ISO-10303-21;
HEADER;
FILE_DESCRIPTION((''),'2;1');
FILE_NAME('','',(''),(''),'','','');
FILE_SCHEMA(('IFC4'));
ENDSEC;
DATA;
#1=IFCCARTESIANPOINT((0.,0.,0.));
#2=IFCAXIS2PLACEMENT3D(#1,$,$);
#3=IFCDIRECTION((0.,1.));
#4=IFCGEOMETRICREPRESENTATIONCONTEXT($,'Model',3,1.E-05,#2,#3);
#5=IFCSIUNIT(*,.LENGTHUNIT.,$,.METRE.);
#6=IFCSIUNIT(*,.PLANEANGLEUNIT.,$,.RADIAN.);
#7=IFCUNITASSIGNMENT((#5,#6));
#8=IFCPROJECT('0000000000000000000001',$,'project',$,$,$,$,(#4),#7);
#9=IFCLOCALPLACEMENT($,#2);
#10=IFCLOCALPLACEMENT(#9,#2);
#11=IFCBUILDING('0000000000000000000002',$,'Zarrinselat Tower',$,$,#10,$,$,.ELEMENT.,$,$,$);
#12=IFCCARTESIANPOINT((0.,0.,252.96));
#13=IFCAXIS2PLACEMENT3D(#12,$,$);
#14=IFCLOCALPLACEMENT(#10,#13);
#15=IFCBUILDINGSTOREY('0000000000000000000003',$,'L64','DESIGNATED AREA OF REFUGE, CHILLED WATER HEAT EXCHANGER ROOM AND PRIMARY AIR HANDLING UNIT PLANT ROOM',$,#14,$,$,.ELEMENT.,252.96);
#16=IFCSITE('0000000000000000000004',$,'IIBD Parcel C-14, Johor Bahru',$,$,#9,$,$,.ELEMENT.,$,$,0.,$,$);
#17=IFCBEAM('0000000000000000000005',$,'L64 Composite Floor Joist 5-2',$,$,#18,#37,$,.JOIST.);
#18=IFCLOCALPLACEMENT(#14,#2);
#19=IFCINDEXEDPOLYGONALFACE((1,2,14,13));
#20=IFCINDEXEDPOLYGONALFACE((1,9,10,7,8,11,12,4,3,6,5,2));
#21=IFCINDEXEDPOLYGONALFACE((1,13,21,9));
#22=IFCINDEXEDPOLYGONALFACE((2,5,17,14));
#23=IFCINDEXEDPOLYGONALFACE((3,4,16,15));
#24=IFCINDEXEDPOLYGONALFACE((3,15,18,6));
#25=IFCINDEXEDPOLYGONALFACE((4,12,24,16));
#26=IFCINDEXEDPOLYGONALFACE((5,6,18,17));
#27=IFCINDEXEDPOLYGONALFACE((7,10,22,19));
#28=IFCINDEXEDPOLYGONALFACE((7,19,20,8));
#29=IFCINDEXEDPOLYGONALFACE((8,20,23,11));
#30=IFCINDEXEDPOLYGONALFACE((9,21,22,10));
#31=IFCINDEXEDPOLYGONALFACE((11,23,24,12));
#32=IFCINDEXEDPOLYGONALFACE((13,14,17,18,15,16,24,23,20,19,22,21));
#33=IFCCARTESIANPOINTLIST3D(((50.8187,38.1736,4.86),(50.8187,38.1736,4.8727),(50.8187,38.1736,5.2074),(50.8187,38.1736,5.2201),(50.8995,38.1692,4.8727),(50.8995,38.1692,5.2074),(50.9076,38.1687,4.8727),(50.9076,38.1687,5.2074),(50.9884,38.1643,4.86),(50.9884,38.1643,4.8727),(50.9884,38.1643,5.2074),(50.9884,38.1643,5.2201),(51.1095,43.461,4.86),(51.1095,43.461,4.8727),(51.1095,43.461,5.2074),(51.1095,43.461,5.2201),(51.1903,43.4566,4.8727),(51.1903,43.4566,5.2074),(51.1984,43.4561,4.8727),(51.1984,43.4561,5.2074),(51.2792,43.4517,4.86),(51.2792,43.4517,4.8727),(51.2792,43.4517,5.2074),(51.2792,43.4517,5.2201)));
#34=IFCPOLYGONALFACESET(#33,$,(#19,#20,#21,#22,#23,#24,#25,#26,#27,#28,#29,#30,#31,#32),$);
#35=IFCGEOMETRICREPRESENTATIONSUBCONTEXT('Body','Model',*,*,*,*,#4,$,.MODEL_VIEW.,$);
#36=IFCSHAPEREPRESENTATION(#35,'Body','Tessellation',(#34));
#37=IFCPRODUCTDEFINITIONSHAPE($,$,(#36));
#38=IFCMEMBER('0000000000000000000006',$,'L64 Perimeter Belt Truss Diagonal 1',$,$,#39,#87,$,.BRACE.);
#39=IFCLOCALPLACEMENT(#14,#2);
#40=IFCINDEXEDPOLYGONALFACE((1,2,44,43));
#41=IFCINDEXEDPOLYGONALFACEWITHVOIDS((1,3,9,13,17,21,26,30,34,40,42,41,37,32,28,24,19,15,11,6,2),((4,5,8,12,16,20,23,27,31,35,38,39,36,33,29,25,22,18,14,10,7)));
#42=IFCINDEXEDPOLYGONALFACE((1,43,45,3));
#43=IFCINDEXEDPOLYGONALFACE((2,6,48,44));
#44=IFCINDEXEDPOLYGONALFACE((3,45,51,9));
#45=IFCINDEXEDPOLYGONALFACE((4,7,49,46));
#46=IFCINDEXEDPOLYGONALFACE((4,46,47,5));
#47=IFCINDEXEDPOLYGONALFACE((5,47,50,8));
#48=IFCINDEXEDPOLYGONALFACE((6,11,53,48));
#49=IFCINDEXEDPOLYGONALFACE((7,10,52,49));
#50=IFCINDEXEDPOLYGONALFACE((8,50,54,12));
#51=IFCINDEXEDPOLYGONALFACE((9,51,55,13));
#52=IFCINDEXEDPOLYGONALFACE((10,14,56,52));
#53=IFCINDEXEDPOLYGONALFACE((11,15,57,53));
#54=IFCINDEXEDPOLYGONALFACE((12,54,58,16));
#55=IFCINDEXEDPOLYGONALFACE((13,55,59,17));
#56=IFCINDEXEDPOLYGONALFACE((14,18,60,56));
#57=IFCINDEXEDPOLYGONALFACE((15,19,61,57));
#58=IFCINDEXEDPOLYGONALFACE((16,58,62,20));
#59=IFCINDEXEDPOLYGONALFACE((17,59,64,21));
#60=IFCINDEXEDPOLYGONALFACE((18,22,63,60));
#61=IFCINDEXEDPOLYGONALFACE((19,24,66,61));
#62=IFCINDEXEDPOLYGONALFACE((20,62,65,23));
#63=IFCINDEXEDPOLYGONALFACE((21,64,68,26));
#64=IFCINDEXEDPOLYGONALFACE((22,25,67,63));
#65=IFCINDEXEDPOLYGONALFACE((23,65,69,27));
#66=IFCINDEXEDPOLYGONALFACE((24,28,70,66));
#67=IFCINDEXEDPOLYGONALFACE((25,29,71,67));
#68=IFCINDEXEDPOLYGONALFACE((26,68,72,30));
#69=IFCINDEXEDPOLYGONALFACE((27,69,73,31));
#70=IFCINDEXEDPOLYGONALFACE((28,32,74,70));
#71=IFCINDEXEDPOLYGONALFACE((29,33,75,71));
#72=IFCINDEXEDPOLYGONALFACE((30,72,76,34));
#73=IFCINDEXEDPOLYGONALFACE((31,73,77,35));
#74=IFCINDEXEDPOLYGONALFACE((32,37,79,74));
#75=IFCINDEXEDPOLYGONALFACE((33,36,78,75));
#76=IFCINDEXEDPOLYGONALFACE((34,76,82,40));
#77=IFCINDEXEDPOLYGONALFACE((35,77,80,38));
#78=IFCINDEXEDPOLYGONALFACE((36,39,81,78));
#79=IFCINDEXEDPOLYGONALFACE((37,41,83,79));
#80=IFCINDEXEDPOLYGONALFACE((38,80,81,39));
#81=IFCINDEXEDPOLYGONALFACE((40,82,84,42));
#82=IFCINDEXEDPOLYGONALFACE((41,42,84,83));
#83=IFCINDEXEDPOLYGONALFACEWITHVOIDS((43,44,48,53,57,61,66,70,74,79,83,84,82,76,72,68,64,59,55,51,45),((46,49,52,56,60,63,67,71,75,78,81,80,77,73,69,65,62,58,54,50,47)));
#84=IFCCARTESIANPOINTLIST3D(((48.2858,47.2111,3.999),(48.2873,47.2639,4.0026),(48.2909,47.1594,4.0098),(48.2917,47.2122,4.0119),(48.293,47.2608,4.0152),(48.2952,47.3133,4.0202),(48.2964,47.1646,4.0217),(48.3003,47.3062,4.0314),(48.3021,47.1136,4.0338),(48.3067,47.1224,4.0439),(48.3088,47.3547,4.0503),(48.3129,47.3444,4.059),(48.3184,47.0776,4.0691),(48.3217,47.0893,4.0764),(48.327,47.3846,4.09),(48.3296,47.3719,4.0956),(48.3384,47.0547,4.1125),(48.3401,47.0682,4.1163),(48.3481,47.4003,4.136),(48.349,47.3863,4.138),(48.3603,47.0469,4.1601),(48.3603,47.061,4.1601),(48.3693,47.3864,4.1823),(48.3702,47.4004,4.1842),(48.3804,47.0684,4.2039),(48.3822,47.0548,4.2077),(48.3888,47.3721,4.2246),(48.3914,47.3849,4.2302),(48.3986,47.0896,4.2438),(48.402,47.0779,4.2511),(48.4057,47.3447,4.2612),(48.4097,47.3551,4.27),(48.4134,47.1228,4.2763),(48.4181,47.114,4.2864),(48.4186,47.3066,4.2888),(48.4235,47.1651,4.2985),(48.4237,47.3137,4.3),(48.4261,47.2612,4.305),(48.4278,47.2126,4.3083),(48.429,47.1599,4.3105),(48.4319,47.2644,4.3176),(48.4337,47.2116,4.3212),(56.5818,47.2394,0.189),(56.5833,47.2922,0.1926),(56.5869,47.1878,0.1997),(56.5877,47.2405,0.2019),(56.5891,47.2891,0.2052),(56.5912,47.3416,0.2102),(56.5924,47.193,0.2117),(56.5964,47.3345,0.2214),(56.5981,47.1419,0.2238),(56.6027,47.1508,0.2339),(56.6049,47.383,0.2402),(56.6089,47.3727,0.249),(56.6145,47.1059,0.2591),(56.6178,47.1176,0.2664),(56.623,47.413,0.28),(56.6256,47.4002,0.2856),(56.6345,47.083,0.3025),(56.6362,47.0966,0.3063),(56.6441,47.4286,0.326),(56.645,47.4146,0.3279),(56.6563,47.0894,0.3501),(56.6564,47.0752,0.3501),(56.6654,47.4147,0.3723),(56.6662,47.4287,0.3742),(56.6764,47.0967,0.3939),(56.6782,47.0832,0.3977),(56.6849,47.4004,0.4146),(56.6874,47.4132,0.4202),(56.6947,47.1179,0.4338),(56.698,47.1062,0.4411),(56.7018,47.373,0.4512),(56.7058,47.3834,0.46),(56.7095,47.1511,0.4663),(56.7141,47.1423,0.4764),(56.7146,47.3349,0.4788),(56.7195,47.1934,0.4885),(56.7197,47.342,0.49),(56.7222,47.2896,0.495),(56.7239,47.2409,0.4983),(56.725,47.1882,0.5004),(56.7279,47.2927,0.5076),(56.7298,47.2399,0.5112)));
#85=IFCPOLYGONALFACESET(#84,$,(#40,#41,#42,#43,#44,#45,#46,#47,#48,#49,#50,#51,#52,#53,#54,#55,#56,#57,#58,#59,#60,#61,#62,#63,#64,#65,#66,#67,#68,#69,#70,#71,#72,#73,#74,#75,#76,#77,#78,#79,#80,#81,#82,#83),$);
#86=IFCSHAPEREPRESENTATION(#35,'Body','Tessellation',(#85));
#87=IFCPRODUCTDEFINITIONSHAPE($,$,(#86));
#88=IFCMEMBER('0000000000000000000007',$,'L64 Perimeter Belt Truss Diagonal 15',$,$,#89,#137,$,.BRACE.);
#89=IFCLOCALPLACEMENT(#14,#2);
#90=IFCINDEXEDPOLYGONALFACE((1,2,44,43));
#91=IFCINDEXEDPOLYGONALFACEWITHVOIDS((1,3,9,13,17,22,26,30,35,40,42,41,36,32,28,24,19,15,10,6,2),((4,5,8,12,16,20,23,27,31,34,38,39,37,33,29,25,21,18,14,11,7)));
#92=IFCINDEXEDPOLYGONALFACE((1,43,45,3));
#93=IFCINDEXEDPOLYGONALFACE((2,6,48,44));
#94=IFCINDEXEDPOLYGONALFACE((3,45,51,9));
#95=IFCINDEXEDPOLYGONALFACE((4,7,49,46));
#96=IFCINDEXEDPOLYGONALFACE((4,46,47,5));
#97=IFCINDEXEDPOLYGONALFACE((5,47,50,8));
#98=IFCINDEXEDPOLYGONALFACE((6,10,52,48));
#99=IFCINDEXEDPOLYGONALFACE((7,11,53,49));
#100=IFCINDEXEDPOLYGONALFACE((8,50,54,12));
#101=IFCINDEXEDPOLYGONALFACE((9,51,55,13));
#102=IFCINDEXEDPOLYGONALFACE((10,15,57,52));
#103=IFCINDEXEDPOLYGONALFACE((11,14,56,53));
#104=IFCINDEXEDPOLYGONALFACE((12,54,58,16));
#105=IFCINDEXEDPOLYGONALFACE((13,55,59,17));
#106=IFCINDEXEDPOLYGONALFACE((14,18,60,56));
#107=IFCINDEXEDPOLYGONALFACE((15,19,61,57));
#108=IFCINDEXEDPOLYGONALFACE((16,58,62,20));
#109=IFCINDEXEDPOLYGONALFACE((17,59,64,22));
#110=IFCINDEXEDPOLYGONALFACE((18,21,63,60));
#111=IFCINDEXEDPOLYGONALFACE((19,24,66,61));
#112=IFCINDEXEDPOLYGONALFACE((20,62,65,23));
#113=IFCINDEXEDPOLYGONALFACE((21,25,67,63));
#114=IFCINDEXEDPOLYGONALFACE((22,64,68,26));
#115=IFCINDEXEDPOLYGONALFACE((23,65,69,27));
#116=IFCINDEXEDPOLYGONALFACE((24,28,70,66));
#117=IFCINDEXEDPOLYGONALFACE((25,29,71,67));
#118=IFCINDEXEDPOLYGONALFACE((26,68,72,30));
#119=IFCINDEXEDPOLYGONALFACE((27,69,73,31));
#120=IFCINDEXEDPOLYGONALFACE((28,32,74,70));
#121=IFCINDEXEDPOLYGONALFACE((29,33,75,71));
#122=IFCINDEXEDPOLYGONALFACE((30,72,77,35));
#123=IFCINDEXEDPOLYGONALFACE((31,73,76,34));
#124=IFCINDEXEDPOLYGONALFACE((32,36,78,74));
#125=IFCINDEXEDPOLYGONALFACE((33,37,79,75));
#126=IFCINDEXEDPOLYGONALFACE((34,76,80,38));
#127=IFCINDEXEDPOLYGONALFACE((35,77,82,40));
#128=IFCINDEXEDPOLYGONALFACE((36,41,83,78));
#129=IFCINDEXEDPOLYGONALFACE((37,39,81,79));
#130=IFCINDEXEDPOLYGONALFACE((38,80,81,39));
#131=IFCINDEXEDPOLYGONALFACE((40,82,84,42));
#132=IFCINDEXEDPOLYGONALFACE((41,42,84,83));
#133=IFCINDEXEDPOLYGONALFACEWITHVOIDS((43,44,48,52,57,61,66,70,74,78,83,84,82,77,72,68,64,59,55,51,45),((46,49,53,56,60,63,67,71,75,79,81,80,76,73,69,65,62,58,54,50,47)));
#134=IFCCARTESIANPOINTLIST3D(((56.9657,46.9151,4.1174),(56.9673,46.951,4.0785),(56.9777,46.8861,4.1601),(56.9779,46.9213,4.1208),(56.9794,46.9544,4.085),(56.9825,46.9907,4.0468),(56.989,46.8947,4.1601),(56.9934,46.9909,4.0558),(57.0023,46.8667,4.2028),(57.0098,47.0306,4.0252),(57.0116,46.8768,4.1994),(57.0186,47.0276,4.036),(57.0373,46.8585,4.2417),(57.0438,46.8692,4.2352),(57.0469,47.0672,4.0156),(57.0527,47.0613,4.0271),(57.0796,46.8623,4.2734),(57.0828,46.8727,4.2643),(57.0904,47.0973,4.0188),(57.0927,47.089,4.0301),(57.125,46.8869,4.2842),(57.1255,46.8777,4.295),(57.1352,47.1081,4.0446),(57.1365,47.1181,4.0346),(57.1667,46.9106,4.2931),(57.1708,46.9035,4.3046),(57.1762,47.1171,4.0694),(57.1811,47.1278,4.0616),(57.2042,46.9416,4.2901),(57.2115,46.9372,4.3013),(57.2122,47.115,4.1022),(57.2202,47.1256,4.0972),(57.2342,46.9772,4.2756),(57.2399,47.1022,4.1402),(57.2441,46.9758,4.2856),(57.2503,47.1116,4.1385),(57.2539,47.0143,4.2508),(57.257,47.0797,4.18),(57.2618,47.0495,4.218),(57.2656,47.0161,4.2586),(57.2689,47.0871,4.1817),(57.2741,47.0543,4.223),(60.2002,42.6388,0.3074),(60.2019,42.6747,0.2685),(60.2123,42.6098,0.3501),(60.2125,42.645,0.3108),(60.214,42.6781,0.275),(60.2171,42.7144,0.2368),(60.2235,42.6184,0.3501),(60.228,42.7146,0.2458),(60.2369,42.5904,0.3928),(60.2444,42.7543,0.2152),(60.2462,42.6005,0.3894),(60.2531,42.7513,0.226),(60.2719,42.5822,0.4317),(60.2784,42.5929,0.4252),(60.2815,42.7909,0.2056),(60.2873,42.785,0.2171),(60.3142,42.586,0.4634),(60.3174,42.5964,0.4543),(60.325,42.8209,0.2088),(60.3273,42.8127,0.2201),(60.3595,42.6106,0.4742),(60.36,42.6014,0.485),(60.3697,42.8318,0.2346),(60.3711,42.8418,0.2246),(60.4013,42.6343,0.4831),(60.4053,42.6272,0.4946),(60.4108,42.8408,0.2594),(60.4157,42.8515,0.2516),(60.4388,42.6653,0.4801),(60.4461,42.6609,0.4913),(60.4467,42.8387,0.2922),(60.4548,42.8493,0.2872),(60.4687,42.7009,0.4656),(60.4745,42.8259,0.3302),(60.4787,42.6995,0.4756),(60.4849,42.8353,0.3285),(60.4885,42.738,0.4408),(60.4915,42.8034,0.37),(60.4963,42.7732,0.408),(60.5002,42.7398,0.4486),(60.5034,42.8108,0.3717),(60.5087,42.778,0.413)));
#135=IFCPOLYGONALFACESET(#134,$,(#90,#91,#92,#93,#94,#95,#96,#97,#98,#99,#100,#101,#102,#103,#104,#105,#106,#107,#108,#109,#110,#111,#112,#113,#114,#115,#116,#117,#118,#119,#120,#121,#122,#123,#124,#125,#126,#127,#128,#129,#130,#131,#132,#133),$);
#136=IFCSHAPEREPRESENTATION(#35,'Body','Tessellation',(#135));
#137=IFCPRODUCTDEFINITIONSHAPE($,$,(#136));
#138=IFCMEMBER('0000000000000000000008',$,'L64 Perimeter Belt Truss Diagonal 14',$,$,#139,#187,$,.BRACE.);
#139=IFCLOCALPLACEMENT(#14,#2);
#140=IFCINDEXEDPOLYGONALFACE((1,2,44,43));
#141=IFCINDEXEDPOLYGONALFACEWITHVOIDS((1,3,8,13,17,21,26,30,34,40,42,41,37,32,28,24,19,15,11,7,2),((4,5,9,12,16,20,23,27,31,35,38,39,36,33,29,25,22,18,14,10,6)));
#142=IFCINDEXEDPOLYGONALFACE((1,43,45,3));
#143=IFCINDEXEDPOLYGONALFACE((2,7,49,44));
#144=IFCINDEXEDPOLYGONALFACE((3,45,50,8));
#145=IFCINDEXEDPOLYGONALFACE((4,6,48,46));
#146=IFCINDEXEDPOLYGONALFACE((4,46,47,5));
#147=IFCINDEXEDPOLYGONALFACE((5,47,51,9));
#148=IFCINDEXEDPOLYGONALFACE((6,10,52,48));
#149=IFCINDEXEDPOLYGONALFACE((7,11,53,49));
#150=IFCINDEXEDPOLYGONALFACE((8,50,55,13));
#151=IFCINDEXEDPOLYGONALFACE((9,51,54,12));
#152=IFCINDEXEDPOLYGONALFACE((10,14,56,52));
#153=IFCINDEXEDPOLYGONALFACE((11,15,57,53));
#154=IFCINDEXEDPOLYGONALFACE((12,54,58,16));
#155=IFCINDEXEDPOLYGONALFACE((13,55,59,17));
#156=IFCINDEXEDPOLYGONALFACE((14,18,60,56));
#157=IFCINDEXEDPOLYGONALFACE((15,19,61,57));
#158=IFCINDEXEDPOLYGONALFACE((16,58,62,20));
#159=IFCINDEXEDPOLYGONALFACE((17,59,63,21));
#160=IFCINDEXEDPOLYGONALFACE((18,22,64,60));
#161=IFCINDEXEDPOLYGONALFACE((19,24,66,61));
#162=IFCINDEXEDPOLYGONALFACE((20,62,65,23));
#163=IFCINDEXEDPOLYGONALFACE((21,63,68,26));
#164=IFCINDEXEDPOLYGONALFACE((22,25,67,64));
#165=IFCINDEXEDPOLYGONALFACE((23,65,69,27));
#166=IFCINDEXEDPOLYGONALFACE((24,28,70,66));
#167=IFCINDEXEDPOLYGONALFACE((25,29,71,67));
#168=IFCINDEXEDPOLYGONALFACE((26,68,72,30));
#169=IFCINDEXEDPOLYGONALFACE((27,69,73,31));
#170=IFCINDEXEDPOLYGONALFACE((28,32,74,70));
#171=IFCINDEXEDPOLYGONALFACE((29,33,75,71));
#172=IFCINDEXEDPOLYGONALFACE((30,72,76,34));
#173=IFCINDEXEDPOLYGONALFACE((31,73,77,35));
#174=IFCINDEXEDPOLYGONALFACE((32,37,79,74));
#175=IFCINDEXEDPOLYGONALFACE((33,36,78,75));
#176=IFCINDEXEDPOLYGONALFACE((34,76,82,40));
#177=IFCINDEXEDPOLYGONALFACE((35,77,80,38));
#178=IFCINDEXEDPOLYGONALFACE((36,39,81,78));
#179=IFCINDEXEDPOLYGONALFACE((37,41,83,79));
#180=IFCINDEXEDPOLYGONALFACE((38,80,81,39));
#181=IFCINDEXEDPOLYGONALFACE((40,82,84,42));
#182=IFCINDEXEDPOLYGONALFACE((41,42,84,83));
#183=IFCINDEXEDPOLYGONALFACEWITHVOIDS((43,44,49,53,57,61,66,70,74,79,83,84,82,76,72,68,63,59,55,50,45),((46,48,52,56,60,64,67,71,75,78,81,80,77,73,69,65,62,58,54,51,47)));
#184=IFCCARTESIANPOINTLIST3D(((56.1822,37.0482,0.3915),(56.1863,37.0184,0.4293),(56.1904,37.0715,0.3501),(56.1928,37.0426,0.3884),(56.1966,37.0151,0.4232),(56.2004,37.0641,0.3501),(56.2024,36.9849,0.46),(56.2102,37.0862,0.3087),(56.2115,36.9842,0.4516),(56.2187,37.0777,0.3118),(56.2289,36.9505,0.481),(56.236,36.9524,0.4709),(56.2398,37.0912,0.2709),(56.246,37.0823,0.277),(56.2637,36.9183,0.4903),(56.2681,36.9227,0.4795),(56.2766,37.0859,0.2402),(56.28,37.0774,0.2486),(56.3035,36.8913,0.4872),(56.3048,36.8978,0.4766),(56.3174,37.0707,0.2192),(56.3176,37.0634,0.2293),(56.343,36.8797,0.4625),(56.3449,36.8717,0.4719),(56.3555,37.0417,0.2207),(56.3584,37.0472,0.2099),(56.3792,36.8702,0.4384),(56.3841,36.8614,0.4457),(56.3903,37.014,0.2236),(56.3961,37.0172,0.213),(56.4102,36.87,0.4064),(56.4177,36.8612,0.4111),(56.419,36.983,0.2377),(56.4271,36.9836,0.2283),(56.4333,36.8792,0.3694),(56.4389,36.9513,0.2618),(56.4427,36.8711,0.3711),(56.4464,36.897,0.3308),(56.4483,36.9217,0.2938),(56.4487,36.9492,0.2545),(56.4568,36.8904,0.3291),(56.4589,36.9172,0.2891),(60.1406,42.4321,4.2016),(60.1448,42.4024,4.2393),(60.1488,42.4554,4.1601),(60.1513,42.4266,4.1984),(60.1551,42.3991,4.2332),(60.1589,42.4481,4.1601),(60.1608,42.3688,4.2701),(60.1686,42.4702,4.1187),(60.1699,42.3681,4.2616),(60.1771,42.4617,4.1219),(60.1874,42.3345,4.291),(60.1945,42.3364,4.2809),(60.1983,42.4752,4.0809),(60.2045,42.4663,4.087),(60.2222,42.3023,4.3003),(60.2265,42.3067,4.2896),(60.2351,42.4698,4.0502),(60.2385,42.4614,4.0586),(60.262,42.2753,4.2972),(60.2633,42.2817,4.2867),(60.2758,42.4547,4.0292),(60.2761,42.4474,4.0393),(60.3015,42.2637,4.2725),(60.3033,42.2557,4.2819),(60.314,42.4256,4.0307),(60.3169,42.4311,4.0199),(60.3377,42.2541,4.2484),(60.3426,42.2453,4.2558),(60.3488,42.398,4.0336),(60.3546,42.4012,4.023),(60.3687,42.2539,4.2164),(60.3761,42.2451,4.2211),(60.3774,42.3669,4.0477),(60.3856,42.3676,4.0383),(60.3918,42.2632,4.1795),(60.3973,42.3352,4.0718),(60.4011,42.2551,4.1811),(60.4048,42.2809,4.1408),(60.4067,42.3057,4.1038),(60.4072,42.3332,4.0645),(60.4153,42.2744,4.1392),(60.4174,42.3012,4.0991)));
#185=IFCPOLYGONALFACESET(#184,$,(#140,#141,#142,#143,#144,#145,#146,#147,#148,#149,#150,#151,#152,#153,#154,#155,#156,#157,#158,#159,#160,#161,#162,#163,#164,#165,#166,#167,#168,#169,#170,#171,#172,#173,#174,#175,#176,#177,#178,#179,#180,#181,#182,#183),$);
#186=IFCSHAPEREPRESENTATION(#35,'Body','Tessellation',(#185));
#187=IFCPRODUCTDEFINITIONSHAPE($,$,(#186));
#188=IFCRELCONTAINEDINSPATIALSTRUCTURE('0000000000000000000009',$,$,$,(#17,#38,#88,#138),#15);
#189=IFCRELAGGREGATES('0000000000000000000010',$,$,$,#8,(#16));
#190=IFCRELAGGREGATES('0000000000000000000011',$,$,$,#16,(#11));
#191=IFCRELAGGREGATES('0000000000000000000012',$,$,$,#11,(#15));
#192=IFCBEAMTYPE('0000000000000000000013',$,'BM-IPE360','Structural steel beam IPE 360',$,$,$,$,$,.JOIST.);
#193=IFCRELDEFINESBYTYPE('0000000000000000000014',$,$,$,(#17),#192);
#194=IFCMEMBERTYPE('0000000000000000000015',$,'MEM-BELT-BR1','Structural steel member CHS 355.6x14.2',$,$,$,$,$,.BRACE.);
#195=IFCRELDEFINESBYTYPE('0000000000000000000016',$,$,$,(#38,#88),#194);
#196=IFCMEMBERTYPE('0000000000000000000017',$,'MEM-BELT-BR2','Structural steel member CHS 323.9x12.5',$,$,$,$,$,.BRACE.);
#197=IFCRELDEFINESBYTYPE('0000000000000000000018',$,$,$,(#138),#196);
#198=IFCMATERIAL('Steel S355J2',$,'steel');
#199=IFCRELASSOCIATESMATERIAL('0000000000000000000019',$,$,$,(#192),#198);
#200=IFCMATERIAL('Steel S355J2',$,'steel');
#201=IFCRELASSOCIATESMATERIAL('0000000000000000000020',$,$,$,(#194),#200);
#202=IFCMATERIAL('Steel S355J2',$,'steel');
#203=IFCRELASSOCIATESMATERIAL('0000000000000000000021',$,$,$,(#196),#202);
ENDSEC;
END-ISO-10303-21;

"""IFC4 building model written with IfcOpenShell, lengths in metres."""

from ifc_helpers import new_model, si_unit, direction, frame, origin, origin_2d, place, context, subcontext, project, spatial, hollow_circle, i_section, extrude, material, material_profile, profile_set, type_object, element, save


model = new_model("IFC4")

# Units and contexts
model_context = context("Model", 3, precision=1e-05, world=origin(), true_north=direction((0.0, 1.0)))
body_context = subcontext(model_context, "Body", "Model", "MODEL_VIEW")
ifc_project = project(units=[si_unit("LENGTHUNIT", "METRE"), si_unit("PLANEANGLEUNIT", "RADIAN")], contexts=[model_context])

# Site, building, storey
site_placement = place(None, origin())
site = spatial("IfcSite", under=ifc_project, at=site_placement, Name="IIBD Parcel C-14, Johor Bahru", CompositionType="ELEMENT", RefElevation=0.0)
building_placement = place(site_placement, origin())
building = spatial("IfcBuilding", under=site, at=building_placement, Name="Zarrinselat Tower", CompositionType="ELEMENT")
storey_placement = place(building_placement, frame((0.0, 0.0, 252.96)))
storey = spatial("IfcBuildingStorey", under=building, at=storey_placement, Name="L64", Description="DESIGNATED AREA OF REFUGE, CHILLED WATER HEAT EXCHANGER ROOM AND PRIMARY AIR HANDLING UNIT PLANT ROOM", CompositionType="ELEMENT", Elevation=252.96)

# Beam
ifc_material_1 = material(Name="Steel S355J2", Category="steel")
ifc_material_profile_1 = material_profile(ifc_material_1, i_section(OverallWidth=0.1699, OverallDepth=0.3601, WebThickness=0.0081, FlangeThickness=0.0127, at=origin_2d()), Name="IPE 360")
ifc_profile_set_1 = profile_set([ifc_material_profile_1], Name="Steel S355J2")
beam_type_1 = type_object("IfcBeamType", Name="BM-IPE360", Description="Structural steel beam IPE 360", PredefinedType="JOIST", material=ifc_profile_set_1)
beam_1_placement = place(storey_placement, frame((50.9036, 38.1689, 5.04), z_axis=(0.054911, 0.998491, 0.0), x_axis=(-0.998491, 0.054911, 0.0)))
element("IfcBeam", 1, at=beam_1_placement, inside=storey, type_object=beam_type_1, Name="L64 Composite Floor Joist 5-2", PredefinedType="JOIST", context=body_context, shape_type="SweptSolid", body=[
    extrude(i_section(OverallWidth=0.1699, OverallDepth=0.3601, WebThickness=0.0081, FlangeThickness=0.0127, at=origin_2d()), origin(), (0.0, 0.0, 1.0), 5.2954),
])

# Members
ifc_material_2 = material(Name="Steel S355J2", Category="steel")
ifc_material_profile_2 = material_profile(ifc_material_2, hollow_circle(Radius=0.1777, WallThickness=0.0142, at=origin_2d()), Name="CHS 355.6x14.2")
ifc_profile_set_2 = profile_set([ifc_material_profile_2], Name="Steel S355J2")
member_type_1 = type_object("IfcMemberType", Name="MEM-BELT-BR1", Description="Structural steel member CHS 355.6x14.2", PredefinedType="BRACE", material=ifc_profile_set_2)
member_1_placement = place(storey_placement, frame((56.6558, 47.2529, 0.3501), z_axis=(-0.908742, -0.003102, 0.417346), x_axis=(0.003414, -0.999994, 0.0)))
element("IfcMember", 2, at=member_1_placement, inside=storey, type_object=member_type_1, Name="L64 Perimeter Belt Truss Diagonal 1", PredefinedType="BRACE", context=body_context, shape_type="SweptSolid", body=[
    extrude(hollow_circle(Radius=0.1777, WallThickness=0.0142, at=origin_2d()), origin(), (0.0, 0.0, 1.0), 9.1292),
])
member_2_placement = place(storey_placement, frame((60.354, 42.717, 0.3501), z_axis=(-0.491753, 0.650127, 0.579235), x_axis=(-0.797546, -0.603259, 0.0)))
element("IfcMember", 3, at=member_2_placement, inside=storey, type_object=member_type_1, Name="L64 Perimeter Belt Truss Diagonal 15", PredefinedType="BRACE", context=body_context, shape_type="SweptSolid", body=[
    extrude(hollow_circle(Radius=0.1777, WallThickness=0.0142, at=origin_2d()), origin(), (0.0, 0.0, 1.0), 6.5776),
])
ifc_material_3 = material(Name="Steel S355J2", Category="steel")
ifc_material_profile_3 = material_profile(ifc_material_3, hollow_circle(Radius=0.1619, WallThickness=0.0125, at=origin_2d()), Name="CHS 323.9x12.5")
ifc_profile_set_3 = profile_set([ifc_material_profile_3], Name="Steel S355J2")
member_type_2 = type_object("IfcMemberType", Name="MEM-BELT-BR2", Description="Structural steel member CHS 323.9x12.5", PredefinedType="BRACE", material=ifc_profile_set_3)
member_3_placement = place(storey_placement, frame((56.3208, 36.9756, 0.3501), z_axis=(0.514594, 0.69991, 0.495297), x_axis=(-0.805676, 0.592356, 0.0)))
element("IfcMember", 4, at=member_3_placement, inside=storey, type_object=member_type_2, Name="L64 Perimeter Belt Truss Diagonal 14", PredefinedType="BRACE", context=body_context, shape_type="SweptSolid", body=[
    extrude(hollow_circle(Radius=0.1619, WallThickness=0.0125, at=origin_2d()), origin(), (0.0, 0.0, 1.0), 7.6924),
])

save(model, "model.ifc")
